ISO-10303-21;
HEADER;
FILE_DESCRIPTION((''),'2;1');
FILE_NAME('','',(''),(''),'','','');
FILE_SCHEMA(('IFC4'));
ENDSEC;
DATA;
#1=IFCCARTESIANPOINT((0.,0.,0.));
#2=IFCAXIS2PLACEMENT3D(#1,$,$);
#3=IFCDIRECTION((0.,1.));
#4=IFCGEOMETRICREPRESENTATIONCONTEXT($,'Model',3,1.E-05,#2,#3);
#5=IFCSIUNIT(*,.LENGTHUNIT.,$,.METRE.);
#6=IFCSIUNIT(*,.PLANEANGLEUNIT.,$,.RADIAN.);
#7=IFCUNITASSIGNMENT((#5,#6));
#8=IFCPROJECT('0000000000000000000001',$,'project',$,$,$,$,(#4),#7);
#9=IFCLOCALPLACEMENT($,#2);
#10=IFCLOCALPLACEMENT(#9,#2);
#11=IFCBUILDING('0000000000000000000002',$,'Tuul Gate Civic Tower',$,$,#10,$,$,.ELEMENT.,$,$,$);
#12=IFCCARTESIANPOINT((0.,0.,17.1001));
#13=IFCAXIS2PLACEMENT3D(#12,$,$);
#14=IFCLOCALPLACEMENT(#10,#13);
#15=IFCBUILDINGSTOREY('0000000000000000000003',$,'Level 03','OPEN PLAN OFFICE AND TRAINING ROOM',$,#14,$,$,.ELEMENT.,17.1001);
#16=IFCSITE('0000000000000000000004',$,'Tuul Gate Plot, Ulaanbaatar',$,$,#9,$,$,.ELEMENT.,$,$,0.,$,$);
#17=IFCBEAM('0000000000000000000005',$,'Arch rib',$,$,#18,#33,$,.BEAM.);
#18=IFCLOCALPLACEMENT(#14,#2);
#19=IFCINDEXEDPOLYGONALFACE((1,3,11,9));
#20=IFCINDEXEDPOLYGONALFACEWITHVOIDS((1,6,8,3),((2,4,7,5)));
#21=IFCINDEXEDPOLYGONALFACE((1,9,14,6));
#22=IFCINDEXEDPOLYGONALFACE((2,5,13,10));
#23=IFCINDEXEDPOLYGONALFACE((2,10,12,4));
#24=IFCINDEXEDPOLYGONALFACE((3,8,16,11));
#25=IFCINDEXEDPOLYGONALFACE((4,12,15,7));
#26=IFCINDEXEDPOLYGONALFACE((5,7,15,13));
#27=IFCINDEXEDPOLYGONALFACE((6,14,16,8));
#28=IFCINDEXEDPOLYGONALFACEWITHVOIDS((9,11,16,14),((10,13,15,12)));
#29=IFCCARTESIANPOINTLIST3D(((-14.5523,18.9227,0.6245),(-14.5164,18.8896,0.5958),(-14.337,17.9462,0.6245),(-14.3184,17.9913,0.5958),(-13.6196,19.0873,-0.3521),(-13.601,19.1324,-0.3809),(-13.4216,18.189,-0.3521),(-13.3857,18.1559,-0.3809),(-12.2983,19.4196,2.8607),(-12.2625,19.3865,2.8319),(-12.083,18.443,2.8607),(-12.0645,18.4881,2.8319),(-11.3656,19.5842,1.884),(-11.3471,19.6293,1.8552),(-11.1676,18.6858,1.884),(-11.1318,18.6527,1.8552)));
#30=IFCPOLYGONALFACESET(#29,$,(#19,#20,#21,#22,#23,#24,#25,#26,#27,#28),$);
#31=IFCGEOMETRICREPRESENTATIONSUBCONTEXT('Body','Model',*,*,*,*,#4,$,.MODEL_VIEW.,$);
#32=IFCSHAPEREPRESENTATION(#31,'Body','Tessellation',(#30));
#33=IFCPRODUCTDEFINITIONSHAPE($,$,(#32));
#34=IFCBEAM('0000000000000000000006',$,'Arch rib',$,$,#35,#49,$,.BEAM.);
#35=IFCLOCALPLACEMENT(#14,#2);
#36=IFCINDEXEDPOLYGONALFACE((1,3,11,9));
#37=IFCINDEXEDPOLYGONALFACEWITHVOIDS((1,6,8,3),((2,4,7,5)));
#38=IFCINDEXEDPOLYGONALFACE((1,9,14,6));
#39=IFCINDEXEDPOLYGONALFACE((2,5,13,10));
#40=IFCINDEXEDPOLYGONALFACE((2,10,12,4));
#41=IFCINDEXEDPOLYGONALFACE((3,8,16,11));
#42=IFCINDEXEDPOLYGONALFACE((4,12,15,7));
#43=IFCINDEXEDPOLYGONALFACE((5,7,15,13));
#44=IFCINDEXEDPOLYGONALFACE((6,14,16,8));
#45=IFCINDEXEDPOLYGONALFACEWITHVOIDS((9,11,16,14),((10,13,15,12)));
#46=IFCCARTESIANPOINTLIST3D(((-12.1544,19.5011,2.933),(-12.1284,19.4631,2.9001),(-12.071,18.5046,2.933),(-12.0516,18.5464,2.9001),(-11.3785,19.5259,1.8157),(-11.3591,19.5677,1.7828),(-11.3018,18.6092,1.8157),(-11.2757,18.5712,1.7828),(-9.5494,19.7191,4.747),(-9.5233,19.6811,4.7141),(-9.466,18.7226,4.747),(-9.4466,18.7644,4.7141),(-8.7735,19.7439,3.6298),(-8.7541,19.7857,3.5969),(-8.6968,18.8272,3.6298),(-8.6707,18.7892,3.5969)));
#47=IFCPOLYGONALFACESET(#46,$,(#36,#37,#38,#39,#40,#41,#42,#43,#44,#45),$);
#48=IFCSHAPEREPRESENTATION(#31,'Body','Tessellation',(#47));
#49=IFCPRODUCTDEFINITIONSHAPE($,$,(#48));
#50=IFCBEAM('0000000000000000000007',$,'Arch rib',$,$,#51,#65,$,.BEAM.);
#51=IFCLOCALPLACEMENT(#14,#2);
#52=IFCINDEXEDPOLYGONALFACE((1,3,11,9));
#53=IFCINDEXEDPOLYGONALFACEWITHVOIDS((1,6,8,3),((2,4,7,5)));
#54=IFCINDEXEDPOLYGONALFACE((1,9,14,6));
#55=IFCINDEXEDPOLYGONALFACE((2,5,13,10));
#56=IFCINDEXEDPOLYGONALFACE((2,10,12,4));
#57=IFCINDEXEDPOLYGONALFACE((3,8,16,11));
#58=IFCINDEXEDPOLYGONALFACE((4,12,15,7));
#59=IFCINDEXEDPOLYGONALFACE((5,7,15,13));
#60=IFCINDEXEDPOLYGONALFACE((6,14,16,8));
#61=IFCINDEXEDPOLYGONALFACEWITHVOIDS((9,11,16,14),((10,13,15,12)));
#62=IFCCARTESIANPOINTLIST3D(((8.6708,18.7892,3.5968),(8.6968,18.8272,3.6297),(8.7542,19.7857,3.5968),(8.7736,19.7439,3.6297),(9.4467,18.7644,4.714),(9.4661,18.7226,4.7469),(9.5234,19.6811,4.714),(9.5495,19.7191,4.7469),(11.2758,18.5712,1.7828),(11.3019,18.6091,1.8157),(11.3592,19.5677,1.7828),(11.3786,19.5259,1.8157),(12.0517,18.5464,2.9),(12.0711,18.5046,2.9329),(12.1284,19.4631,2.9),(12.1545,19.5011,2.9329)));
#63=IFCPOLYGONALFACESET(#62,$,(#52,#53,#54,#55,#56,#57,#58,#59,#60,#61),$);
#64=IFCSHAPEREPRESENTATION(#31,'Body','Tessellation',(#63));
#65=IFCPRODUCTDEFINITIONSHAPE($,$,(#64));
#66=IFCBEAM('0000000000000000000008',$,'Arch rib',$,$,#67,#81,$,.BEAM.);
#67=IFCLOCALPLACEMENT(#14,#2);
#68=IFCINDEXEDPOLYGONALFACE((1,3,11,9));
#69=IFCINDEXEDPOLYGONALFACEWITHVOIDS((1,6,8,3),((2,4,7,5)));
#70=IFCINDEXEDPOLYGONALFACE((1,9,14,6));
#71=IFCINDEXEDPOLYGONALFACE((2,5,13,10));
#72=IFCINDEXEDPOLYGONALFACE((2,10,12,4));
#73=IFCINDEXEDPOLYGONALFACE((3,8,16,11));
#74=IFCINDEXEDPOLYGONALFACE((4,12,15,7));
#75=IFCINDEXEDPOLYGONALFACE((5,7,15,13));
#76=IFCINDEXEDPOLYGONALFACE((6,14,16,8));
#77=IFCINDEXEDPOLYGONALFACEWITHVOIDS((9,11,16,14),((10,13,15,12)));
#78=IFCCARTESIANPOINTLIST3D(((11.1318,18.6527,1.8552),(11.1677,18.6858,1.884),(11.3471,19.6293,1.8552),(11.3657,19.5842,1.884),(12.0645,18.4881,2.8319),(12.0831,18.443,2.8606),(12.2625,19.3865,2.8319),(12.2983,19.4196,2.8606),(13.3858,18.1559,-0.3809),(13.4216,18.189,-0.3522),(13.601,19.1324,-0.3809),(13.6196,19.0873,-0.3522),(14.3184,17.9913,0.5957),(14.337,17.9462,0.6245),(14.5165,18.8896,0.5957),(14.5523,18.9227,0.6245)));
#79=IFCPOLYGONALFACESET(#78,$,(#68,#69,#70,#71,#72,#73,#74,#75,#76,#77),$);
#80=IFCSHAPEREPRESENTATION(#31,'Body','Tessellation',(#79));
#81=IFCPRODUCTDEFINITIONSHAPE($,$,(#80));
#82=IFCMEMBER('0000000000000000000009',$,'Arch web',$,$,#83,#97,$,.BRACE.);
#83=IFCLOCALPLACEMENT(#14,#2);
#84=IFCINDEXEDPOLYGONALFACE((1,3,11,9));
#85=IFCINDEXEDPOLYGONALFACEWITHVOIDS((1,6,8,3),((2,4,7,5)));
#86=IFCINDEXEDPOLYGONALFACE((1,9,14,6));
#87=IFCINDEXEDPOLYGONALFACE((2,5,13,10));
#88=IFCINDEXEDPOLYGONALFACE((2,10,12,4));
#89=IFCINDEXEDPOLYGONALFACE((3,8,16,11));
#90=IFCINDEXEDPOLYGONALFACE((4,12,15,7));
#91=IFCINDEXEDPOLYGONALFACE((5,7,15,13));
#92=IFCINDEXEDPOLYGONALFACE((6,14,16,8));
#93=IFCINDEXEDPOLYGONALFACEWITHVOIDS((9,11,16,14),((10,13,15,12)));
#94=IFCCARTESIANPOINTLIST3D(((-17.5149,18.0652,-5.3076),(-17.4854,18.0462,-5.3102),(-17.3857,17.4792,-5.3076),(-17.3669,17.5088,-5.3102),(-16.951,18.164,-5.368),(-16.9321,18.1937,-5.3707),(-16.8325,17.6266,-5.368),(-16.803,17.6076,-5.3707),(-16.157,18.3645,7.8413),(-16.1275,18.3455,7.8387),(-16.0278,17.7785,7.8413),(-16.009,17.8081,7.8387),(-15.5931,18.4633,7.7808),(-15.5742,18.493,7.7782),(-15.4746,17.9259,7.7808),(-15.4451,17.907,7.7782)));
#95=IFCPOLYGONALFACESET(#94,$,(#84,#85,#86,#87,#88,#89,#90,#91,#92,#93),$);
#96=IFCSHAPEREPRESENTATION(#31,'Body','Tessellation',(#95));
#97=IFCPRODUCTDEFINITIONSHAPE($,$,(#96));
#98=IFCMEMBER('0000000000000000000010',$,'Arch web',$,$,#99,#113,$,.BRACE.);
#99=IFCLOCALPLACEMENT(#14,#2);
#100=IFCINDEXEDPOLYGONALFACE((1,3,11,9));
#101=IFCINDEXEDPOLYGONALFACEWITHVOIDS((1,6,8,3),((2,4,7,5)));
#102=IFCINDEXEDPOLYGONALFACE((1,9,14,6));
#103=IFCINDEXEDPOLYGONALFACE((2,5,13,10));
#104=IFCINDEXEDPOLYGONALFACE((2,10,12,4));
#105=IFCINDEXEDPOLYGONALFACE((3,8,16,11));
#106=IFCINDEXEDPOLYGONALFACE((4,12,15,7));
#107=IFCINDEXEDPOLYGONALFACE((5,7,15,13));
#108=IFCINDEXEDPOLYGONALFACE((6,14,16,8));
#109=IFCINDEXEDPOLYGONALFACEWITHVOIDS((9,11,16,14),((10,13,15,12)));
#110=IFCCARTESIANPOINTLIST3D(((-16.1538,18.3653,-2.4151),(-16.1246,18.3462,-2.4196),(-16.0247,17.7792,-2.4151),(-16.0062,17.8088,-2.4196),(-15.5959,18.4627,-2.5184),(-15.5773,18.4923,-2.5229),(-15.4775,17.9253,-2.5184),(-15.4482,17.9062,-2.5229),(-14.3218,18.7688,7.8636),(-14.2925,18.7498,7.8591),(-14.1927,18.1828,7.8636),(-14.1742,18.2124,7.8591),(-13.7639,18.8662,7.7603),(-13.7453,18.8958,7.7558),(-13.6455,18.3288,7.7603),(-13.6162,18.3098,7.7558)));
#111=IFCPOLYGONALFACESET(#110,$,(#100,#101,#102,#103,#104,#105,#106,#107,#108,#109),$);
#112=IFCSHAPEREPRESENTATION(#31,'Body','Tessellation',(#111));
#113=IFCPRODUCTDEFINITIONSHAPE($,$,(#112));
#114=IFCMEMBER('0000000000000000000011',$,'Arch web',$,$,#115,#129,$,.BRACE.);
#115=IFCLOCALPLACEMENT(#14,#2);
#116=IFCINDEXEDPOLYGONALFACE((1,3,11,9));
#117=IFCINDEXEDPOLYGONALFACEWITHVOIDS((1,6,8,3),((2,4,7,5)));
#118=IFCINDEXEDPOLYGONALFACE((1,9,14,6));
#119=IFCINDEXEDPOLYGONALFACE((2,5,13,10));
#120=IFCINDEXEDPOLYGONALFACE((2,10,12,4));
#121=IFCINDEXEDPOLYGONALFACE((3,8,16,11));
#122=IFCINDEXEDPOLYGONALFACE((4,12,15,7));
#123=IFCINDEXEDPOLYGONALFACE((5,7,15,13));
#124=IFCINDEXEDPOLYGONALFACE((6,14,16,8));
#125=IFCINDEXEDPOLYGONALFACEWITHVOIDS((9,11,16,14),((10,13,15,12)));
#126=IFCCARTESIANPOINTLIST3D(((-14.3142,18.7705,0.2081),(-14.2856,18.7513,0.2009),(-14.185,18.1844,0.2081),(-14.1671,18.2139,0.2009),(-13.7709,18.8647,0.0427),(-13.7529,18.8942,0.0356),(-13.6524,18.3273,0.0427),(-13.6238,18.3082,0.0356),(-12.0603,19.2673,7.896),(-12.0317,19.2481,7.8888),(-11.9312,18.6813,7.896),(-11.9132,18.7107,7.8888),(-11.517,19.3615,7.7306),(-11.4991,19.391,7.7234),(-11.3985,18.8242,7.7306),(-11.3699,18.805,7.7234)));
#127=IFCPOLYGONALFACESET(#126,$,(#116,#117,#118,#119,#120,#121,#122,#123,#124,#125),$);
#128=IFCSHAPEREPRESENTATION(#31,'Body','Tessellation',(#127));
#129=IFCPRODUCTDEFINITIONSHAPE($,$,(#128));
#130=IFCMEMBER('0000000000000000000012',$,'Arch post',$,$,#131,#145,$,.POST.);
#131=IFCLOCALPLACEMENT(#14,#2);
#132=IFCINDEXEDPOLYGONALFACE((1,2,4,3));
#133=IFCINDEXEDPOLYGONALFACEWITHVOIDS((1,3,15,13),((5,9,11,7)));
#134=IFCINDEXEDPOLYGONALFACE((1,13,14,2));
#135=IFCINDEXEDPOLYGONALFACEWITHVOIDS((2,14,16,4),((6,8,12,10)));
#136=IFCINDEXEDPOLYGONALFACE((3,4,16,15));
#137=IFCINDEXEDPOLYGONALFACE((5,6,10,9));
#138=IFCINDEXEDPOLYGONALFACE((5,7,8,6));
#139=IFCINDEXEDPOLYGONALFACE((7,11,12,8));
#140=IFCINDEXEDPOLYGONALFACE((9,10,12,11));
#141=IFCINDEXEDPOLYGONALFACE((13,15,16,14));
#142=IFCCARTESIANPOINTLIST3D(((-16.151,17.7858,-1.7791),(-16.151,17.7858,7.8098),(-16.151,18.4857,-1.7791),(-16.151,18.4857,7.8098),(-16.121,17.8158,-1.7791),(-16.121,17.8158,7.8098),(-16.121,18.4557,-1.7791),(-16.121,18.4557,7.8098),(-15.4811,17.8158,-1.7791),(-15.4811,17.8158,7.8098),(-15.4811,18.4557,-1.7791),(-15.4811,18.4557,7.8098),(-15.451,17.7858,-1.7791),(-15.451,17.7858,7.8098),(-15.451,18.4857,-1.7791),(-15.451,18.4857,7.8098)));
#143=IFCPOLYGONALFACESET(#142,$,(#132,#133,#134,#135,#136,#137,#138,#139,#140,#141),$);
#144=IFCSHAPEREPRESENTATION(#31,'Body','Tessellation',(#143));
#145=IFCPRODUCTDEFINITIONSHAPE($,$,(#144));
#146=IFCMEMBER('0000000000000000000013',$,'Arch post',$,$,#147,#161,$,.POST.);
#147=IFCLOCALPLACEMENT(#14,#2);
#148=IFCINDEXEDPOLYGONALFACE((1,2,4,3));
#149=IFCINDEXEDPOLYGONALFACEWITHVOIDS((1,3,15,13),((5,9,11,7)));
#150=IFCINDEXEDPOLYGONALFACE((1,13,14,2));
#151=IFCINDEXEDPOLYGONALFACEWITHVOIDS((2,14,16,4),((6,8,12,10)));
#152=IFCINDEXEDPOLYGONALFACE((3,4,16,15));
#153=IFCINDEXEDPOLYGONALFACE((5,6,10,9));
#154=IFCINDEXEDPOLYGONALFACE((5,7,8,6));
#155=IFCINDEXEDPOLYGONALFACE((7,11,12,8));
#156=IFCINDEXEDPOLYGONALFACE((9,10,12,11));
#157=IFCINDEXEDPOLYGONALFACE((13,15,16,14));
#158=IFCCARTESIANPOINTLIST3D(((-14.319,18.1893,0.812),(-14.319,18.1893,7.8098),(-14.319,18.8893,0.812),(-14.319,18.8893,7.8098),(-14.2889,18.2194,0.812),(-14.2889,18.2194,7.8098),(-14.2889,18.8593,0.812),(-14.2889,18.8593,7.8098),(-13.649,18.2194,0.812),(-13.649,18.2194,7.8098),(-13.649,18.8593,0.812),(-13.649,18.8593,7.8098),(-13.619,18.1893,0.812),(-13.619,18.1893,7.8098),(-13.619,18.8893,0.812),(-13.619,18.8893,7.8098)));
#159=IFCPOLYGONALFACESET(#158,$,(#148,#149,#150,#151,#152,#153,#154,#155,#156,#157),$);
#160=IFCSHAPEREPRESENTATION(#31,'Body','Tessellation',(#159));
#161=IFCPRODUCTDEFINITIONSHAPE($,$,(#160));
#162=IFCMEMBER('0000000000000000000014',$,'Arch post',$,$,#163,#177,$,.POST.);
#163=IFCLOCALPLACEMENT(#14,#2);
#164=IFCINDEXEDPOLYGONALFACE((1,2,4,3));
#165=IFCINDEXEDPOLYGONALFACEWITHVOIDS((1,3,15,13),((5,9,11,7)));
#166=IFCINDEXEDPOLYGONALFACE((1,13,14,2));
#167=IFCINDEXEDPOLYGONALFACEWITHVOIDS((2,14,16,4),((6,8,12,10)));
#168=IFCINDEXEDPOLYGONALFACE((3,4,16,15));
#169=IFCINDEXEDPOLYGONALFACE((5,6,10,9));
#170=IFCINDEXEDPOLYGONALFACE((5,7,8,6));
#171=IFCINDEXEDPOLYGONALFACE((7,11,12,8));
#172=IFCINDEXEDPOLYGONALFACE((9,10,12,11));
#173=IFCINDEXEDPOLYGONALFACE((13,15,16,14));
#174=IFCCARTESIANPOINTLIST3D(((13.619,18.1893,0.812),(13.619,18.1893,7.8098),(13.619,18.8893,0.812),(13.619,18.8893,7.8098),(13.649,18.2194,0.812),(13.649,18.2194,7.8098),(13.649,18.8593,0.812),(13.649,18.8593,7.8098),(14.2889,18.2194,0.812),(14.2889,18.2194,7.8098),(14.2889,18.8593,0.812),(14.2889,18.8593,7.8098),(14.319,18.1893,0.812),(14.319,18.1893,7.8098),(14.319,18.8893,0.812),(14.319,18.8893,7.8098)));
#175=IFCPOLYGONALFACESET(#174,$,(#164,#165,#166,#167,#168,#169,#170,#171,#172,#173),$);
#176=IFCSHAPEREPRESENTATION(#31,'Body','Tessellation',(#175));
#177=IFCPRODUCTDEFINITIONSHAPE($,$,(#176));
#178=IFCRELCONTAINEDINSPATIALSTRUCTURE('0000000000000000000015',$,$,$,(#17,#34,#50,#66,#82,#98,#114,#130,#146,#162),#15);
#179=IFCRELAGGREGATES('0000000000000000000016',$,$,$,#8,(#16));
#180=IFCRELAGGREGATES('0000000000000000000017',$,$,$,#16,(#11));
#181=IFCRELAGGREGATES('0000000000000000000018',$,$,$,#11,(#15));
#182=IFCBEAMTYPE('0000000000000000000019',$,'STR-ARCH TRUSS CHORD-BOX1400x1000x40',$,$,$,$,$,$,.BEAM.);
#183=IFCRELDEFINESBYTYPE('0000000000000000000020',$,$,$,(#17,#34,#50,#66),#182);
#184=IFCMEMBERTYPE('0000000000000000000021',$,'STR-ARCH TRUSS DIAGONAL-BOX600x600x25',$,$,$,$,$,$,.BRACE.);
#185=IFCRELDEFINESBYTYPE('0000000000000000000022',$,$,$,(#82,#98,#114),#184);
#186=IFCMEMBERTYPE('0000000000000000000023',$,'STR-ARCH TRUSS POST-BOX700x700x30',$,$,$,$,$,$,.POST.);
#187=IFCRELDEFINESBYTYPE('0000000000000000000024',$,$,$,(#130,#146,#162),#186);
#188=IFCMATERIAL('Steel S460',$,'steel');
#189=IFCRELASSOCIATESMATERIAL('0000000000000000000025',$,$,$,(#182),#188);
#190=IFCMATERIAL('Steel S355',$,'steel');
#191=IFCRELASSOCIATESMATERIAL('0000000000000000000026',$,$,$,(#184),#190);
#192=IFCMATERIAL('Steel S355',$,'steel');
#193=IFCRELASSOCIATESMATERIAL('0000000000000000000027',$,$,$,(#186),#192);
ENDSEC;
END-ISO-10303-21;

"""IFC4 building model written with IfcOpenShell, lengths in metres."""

from ifc_helpers import new_model, si_unit, direction, frame, origin, origin_2d, place, context, subcontext, project, spatial, hollow_rectangle, extrude, material, material_profile, profile_set, type_object, element, save


model = new_model("IFC4")

# Units and contexts
model_context = context("Model", 3, precision=1e-05, world=origin(), true_north=direction((0.0, 1.0)))
body_context = subcontext(model_context, "Body", "Model", "MODEL_VIEW")
ifc_project = project(units=[si_unit("LENGTHUNIT", "METRE"), si_unit("PLANEANGLEUNIT", "RADIAN")], contexts=[model_context])

# Site, building, storey
site_placement = place(None, origin())
site = spatial("IfcSite", under=ifc_project, at=site_placement, Name="Tuul Gate Plot, Ulaanbaatar", CompositionType="ELEMENT", RefElevation=0.0)
building_placement = place(site_placement, origin())
building = spatial("IfcBuilding", under=site, at=building_placement, Name="Tuul Gate Civic Tower", CompositionType="ELEMENT")
storey_placement = place(building_placement, frame((0.0, 0.0, 17.1001)))
storey = spatial("IfcBuildingStorey", under=building, at=storey_placement, Name="Level 03", Description="OPEN PLAN OFFICE AND TRAINING ROOM", CompositionType="ELEMENT", Elevation=17.1001)

# Beams
ifc_material_1 = material(Name="Steel S460", Category="steel")
ifc_material_profile_1 = material_profile(ifc_material_1, hollow_rectangle(XDim=1.0, YDim=1.3999, WallThickness=0.04, at=origin_2d()), Name="BOX1400x1000x40")
ifc_profile_set_1 = profile_set([ifc_material_profile_1], Name="Steel S460")
beam_type_1 = type_object("IfcBeamType", Name="STR-ARCH TRUSS CHORD-BOX1400x1000x40", PredefinedType="BEAM", material=ifc_profile_set_1)
beam_1_placement = place(storey_placement, frame((-13.969, 18.5393, 0.1218), z_axis=(0.701373, 0.154603, 0.695827), x_axis=(-0.215261, 0.976556, 0.0)))
element("IfcBeam", 1, at=beam_1_placement, inside=storey, type_object=beam_type_1, Name="Arch rib", PredefinedType="BEAM", context=body_context, shape_type="SweptSolid", body=[
    extrude(hollow_rectangle(XDim=1.0, YDim=1.3999, WallThickness=0.04, at=origin_2d()), origin(), (0.0, 0.0, 1.0), 3.2136),
])
for number, where, z_axis, x_axis, name in (
    (2, (-11.7151, 19.0361, 2.3579), (0.81871, 0.06852, 0.570104), (-0.083401, 0.996516, 0.0), "Arch rib"),
    (3, (9.1101, 19.2542, 4.1719), (0.81871, -0.06852, -0.570104), (0.083401, 0.996516, 0.0), "Arch rib"),
):
    element("IfcBeam", number, at=place(storey_placement, frame(where, z_axis=z_axis, x_axis=x_axis)), inside=storey, type_object=beam_type_1, Name=name, PredefinedType="BEAM", context=body_context, shape_type="SweptSolid", body=[
        extrude(hollow_rectangle(XDim=1.0, YDim=1.3999, WallThickness=0.04, at=origin_2d()), origin(), (0.0, 0.0, 1.0), 3.1819),
    ])
beam_2_placement = place(storey_placement, frame((11.7151, 19.0361, 2.3579), z_axis=(0.701373, -0.154603, -0.695827), x_axis=(0.215261, 0.976556, 0.0)))
element("IfcBeam", 4, at=beam_2_placement, inside=storey, type_object=beam_type_1, Name="Arch rib", PredefinedType="BEAM", context=body_context, shape_type="SweptSolid", body=[
    extrude(hollow_rectangle(XDim=1.0, YDim=1.3999, WallThickness=0.04, at=origin_2d()), origin(), (0.0, 0.0, 1.0), 3.2136),
])

# Members
ifc_material_2 = material(Name="Steel S355", Category="steel")
ifc_material_profile_2 = material_profile(ifc_material_2, hollow_rectangle(XDim=0.6001, YDim=0.6001, WallThickness=0.0249, at=origin_2d()), Name="BOX600x600x25")
ifc_profile_set_2 = profile_set([ifc_material_profile_2], Name="Steel S355")
member_type_1 = type_object("IfcMemberType", Name="STR-ARCH TRUSS DIAGONAL-BOX600x600x25", PredefinedType="BRACE", material=ifc_profile_set_2)
member_1_placement = place(storey_placement, frame((-17.1589, 17.8364, -5.3391), z_axis=(0.102699, 0.022637, 0.994455), x_axis=(-0.215257, 0.976557, 0.0)))
element("IfcMember", 5, at=member_1_placement, inside=storey, type_object=member_type_1, Name="Arch web", PredefinedType="BRACE", context=body_context, shape_type="SweptSolid", body=[
    extrude(hollow_rectangle(XDim=0.6001, YDim=0.6001, WallThickness=0.0249, at=origin_2d()), origin(), (0.0, 0.0, 1.0), 13.2222),
])
member_2_placement = place(storey_placement, frame((-15.801, 18.1357, -2.469), z_axis=(0.175338, 0.038624, 0.98375), x_axis=(-0.215125, 0.976587, 0.0)))
element("IfcMember", 6, at=member_2_placement, inside=storey, type_object=member_type_1, Name="Arch web", PredefinedType="BRACE", context=body_context, shape_type="SweptSolid", body=[
    extrude(hollow_rectangle(XDim=0.6001, YDim=0.6001, WallThickness=0.0249, at=origin_2d()), origin(), (0.0, 0.0, 1.0), 10.4485),
])
member_3_placement = place(storey_placement, frame((-13.969, 18.5393, 0.1218), z_axis=(0.280792, 0.061895, 0.957771), x_axis=(-0.215261, 0.976556, 0.0)))
element("IfcMember", 7, at=member_3_placement, inside=storey, type_object=member_type_1, Name="Arch web", PredefinedType="BRACE", context=body_context, shape_type="SweptSolid", body=[
    extrude(hollow_rectangle(XDim=0.6001, YDim=0.6001, WallThickness=0.0249, at=origin_2d()), origin(), (0.0, 0.0, 1.0), 8.0269),
])
ifc_material_3 = material(Name="Steel S355", Category="steel")
ifc_material_profile_3 = material_profile(ifc_material_3, hollow_rectangle(XDim=0.7, YDim=0.7, WallThickness=0.03, at=origin_2d()), Name="BOX700x700x30")
ifc_profile_set_3 = profile_set([ifc_material_profile_3], Name="Steel S355")
member_type_2 = type_object("IfcMemberType", Name="STR-ARCH TRUSS POST-BOX700x700x30", PredefinedType="POST", material=ifc_profile_set_3)
member_4_placement = place(storey_placement, frame((-15.801, 18.1357, -1.7791), z_axis=(0.0, 0.0, 1.0), x_axis=(1.0, 0.0, 0.0)))
element("IfcMember", 8, at=member_4_placement, inside=storey, type_object=member_type_2, Name="Arch post", PredefinedType="POST", context=body_context, shape_type="SweptSolid", body=[
    extrude(hollow_rectangle(XDim=0.7, YDim=0.7, WallThickness=0.03, at=origin_2d()), origin(), (0.0, 0.0, 1.0), 9.5889),
])
for number, where, z_axis, x_axis, name in (
    (9, (-13.969, 18.5393, 0.812), (0.0, 0.0, 1.0), (1.0, 0.0, 0.0), "Arch post"),
    (10, (13.969, 18.5393, 0.812), (0.0, 0.0, 1.0), (1.0, 0.0, 0.0), "Arch post"),
):
    element("IfcMember", number, at=place(storey_placement, frame(where, z_axis=z_axis, x_axis=x_axis)), inside=storey, type_object=member_type_2, Name=name, PredefinedType="POST", context=body_context, shape_type="SweptSolid", body=[
        extrude(hollow_rectangle(XDim=0.7, YDim=0.7, WallThickness=0.03, at=origin_2d()), origin(), (0.0, 0.0, 1.0), 6.9978),
    ])

save(model, "model.ifc")
